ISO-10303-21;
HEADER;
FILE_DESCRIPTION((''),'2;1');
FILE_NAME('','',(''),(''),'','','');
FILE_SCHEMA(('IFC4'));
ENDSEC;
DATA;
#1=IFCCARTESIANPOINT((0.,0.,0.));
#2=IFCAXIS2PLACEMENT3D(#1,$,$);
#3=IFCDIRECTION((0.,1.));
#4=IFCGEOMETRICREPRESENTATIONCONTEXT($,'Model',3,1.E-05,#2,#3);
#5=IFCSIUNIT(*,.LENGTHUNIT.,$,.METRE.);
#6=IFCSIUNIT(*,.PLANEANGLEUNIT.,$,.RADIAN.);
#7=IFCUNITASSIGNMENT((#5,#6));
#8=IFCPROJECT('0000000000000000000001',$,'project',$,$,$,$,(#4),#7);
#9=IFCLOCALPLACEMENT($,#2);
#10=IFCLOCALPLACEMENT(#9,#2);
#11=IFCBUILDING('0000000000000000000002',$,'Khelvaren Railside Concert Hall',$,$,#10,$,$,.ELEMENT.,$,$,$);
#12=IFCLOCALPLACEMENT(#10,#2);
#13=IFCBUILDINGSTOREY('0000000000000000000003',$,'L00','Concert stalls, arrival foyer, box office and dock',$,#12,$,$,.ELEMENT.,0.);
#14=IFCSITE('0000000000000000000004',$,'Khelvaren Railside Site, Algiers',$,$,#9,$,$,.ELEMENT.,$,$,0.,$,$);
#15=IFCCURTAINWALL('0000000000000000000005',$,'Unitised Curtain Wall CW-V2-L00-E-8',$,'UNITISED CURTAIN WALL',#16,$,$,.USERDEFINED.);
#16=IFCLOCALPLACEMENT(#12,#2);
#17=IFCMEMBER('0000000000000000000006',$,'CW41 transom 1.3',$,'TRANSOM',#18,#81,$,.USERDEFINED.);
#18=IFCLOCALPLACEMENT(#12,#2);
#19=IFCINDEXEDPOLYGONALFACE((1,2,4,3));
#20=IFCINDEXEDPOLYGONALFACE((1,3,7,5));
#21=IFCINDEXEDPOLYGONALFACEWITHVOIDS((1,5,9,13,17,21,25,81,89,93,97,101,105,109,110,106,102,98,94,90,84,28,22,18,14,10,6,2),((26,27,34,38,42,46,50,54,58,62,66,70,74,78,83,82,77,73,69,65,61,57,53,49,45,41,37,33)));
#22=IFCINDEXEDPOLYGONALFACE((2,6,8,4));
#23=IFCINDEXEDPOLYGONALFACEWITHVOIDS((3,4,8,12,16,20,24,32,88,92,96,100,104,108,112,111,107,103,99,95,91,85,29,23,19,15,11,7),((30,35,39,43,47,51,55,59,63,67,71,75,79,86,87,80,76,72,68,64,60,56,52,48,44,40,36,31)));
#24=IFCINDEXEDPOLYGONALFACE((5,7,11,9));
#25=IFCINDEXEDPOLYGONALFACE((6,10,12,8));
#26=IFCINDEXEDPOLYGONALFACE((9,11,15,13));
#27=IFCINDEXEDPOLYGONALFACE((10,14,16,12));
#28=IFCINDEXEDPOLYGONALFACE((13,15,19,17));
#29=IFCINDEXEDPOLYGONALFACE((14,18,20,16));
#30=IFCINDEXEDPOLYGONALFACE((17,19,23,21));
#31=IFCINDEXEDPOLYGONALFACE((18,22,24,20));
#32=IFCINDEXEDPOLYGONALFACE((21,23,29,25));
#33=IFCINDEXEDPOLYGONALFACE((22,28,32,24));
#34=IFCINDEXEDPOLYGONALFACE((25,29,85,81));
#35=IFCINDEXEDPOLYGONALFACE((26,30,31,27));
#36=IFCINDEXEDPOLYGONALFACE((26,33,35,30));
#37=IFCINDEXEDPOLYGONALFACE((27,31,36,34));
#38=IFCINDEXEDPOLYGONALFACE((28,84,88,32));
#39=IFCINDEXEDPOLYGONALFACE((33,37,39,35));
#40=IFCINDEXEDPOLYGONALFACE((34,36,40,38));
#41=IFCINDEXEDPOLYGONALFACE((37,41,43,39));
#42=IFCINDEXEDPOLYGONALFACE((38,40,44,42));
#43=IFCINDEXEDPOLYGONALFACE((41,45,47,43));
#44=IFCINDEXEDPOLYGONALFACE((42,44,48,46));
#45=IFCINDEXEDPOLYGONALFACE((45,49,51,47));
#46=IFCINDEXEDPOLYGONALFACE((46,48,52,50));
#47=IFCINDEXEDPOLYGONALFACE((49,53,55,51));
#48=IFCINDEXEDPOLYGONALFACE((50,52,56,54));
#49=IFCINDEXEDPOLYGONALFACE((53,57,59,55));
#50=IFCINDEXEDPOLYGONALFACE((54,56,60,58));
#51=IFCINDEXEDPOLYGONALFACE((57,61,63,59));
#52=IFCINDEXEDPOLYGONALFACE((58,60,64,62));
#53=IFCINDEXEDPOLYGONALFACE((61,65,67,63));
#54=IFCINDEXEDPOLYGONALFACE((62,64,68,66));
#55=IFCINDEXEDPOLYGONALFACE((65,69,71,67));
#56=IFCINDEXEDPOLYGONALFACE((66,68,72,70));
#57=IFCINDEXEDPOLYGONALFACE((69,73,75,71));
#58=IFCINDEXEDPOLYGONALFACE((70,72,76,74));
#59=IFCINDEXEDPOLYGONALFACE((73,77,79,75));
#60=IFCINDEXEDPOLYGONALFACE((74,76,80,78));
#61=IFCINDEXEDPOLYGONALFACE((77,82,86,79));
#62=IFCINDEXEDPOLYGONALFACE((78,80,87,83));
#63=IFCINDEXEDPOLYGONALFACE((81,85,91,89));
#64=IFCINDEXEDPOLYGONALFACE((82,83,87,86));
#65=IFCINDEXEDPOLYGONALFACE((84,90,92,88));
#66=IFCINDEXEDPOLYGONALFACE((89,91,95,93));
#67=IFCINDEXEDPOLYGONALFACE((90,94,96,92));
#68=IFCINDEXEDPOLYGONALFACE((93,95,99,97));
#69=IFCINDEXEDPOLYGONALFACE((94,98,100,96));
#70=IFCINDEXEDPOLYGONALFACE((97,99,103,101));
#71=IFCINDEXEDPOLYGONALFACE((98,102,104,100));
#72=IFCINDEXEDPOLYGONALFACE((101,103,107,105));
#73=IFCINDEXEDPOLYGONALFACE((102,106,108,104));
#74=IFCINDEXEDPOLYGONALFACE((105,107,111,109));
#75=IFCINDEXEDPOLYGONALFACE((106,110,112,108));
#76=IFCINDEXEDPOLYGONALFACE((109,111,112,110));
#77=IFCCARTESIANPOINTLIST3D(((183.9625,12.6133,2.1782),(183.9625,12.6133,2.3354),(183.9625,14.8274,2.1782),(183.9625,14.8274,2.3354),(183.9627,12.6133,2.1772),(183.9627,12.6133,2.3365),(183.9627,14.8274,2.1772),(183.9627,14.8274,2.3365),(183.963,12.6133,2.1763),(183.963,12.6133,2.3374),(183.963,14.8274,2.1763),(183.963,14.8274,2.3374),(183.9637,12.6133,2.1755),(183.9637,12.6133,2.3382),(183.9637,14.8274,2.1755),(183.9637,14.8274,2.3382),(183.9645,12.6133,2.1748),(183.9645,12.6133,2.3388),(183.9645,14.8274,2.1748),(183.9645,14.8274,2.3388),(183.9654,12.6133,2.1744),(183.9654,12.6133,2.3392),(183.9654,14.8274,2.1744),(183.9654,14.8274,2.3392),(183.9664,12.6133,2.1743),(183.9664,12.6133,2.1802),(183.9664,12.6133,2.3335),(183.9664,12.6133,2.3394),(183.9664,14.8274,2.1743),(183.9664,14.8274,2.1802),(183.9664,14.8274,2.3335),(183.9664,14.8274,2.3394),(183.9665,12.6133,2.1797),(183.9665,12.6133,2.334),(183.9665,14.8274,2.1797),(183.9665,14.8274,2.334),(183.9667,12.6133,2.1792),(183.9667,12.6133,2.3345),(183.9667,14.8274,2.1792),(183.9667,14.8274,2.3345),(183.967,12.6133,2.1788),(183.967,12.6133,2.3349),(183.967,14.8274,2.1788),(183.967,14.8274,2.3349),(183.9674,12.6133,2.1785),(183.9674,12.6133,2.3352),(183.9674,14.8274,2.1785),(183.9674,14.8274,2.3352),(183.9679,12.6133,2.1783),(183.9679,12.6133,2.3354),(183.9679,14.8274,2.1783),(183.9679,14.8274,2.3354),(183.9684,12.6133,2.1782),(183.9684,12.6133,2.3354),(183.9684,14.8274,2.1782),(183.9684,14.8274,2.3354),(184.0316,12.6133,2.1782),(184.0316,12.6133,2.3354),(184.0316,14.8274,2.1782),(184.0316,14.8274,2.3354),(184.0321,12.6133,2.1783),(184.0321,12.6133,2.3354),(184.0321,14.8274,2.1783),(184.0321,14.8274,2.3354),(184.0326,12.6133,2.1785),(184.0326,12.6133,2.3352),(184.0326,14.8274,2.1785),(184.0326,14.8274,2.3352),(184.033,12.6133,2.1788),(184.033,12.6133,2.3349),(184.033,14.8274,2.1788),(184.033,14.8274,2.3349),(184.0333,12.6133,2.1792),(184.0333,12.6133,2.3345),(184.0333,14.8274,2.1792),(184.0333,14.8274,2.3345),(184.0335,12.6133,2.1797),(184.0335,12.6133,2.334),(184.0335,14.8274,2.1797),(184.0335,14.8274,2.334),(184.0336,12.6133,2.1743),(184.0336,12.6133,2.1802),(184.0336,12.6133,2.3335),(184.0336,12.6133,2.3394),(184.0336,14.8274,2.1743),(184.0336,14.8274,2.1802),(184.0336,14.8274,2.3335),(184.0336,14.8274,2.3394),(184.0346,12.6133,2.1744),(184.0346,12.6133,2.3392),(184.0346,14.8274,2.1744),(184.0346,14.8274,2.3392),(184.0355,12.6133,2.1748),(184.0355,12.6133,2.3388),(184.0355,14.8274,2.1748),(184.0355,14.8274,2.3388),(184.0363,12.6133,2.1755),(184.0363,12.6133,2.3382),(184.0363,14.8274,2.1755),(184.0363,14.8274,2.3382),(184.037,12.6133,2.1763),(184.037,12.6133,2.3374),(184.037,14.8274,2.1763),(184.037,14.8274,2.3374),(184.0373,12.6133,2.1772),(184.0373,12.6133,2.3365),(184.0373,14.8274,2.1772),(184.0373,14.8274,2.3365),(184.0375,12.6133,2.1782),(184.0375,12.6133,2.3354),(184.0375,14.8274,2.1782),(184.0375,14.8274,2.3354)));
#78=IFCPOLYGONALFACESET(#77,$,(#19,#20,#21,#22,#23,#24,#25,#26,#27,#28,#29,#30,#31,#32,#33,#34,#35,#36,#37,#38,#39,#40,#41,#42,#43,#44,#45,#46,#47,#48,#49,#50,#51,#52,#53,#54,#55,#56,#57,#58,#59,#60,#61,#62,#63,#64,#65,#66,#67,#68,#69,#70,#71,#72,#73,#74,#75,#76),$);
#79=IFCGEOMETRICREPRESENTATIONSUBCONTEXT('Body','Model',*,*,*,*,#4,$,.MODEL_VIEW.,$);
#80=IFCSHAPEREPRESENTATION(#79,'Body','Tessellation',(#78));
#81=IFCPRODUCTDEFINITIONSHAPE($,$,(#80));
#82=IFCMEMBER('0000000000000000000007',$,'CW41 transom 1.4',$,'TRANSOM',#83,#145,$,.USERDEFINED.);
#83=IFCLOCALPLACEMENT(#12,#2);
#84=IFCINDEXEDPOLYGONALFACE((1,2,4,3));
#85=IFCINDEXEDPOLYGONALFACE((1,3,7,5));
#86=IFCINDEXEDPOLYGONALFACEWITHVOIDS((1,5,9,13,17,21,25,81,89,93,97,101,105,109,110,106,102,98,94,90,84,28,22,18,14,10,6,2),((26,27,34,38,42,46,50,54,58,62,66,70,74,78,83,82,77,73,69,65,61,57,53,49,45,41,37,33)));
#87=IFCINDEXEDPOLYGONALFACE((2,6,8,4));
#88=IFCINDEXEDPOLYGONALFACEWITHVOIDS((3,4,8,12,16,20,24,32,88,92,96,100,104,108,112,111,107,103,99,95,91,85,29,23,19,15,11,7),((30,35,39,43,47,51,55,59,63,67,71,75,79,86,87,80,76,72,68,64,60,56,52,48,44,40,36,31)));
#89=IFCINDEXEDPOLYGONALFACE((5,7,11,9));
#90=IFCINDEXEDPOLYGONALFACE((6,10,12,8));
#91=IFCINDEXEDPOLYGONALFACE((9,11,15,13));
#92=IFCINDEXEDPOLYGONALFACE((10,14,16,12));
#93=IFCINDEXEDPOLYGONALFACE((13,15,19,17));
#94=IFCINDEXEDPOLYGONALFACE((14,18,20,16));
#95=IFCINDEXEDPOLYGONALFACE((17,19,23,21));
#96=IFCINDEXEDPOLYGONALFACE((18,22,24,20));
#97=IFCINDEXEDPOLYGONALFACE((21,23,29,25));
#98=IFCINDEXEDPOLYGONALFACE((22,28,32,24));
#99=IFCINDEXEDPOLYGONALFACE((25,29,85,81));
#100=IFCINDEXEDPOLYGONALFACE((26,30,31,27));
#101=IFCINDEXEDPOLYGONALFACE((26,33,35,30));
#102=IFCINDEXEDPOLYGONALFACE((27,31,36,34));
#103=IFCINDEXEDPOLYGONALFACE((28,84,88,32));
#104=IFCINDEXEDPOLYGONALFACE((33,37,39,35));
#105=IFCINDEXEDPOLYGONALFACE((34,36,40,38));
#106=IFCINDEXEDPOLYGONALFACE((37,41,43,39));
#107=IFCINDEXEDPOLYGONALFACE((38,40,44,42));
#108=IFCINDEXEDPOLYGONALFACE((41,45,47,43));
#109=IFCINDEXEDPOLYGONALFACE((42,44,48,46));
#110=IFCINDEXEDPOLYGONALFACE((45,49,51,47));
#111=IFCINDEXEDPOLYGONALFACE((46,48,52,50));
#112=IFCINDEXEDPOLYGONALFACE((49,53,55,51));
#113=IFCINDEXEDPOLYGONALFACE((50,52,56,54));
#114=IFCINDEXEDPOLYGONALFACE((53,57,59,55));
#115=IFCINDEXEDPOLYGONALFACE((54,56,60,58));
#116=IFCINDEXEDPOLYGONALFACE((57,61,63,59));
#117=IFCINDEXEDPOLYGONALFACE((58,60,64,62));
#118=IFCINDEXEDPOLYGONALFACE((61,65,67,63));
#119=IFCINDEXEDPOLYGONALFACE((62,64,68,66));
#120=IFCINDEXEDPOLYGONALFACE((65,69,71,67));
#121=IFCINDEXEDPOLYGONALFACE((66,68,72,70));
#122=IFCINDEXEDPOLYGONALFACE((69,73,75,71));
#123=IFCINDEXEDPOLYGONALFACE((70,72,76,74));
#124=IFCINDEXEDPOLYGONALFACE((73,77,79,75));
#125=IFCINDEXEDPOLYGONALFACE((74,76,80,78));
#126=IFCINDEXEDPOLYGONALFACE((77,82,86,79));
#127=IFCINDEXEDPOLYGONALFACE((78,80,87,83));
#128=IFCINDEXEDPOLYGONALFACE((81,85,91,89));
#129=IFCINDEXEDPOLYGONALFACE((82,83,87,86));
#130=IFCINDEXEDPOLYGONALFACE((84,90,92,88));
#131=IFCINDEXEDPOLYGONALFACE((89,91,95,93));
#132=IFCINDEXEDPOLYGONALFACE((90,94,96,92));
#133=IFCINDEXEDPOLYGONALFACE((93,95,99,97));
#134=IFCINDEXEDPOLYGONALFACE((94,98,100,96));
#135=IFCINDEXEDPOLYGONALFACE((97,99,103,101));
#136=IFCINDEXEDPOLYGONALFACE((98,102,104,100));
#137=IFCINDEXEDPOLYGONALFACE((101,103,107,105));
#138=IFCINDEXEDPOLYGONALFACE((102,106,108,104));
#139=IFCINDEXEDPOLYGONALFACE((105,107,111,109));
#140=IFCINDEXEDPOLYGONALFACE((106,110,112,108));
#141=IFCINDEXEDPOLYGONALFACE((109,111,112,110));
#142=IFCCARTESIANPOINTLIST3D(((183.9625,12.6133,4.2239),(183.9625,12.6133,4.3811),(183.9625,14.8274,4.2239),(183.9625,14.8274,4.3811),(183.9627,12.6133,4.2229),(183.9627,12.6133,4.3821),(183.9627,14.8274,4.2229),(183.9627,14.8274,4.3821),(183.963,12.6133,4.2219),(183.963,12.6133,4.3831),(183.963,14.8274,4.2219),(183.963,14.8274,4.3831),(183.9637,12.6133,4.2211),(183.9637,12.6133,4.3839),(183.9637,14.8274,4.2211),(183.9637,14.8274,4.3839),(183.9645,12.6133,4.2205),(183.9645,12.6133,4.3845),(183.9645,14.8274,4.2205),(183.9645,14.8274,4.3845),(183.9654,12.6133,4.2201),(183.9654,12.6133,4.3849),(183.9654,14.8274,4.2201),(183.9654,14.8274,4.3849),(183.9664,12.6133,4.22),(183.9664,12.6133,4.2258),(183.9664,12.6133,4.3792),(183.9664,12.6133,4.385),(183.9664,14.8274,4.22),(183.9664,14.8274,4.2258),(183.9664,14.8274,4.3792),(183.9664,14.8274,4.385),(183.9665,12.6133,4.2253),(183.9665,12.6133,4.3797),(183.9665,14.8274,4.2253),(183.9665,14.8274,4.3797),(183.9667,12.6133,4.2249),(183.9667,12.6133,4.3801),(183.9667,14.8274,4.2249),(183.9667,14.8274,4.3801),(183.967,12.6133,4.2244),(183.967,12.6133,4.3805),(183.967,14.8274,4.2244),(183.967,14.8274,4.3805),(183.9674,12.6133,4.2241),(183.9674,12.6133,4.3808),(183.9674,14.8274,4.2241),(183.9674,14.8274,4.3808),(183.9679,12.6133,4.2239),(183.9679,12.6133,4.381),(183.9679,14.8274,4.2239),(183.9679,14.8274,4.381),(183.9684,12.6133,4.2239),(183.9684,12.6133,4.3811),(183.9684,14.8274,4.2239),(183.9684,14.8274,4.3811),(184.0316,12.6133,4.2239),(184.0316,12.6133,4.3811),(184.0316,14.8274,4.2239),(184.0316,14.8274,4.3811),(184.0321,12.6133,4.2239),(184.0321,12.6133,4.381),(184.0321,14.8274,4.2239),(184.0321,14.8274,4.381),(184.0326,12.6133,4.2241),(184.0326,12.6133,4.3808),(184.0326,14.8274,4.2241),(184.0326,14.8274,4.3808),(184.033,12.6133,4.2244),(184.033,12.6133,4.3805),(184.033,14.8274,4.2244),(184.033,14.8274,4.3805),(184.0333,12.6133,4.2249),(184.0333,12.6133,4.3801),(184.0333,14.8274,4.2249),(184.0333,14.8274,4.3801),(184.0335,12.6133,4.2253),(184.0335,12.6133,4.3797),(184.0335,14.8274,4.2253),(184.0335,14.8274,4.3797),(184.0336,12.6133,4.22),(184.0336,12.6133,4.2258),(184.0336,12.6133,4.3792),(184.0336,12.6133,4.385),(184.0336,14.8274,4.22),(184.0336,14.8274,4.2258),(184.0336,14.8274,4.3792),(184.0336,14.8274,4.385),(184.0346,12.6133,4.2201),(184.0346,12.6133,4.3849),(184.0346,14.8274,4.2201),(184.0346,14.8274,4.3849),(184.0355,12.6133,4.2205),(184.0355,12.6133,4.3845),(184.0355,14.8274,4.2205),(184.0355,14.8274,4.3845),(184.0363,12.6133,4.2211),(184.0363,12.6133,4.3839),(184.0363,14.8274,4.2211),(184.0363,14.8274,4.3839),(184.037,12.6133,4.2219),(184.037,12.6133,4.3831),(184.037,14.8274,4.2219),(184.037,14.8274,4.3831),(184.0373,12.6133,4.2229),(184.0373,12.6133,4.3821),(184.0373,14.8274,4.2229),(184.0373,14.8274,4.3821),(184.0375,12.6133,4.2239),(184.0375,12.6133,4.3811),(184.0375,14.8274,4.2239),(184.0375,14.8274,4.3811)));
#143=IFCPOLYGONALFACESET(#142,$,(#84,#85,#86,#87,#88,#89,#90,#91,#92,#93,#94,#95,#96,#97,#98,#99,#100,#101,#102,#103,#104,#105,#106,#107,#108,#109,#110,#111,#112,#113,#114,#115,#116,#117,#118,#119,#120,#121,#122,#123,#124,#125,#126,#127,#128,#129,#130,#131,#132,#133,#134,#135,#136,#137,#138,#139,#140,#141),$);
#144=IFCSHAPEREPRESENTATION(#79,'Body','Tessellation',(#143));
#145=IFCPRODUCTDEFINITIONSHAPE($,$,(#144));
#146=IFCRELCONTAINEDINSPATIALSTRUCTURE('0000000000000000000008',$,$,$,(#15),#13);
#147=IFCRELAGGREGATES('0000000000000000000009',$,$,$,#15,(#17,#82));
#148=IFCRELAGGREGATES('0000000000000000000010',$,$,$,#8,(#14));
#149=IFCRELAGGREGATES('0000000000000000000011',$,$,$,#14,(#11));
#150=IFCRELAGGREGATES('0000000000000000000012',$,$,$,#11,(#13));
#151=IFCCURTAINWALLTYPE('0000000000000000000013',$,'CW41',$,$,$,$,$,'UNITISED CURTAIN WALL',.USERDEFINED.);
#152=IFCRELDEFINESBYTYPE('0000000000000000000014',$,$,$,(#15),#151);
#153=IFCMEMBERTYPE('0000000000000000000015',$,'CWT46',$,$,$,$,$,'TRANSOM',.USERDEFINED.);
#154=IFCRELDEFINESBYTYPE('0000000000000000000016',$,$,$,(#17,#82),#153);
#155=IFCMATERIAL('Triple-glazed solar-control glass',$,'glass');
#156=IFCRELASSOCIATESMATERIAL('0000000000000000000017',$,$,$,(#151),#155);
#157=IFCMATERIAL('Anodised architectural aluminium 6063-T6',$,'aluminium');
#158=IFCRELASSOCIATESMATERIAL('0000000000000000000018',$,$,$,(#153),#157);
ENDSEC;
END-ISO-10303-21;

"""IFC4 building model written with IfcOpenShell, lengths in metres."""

from ifc_helpers import new_model, si_unit, direction, frame, origin, origin_2d, place, context, subcontext, project, spatial, hollow_rectangle, extrude, material, material_profile, profile_set, type_object, element, aggregate, save


model = new_model("IFC4")

# Units and contexts
model_context = context("Model", 3, precision=1e-05, world=origin(), true_north=direction((0.0, 1.0)))
body_context = subcontext(model_context, "Body", "Model", "MODEL_VIEW")
ifc_project = project(units=[si_unit("LENGTHUNIT", "METRE"), si_unit("PLANEANGLEUNIT", "RADIAN")], contexts=[model_context])

# Site, building, storey
site_placement = place(None, origin())
site = spatial("IfcSite", under=ifc_project, at=site_placement, Name="Khelvaren Railside Site, Algiers", CompositionType="ELEMENT", RefElevation=0.0)
building_placement = place(site_placement, origin())
building = spatial("IfcBuilding", under=site, at=building_placement, Name="Khelvaren Railside Concert Hall", CompositionType="ELEMENT")
storey_placement = place(building_placement, origin())
storey = spatial("IfcBuildingStorey", under=building, at=storey_placement, Name="L00", Description="Concert stalls, arrival foyer, box office and dock", CompositionType="ELEMENT", Elevation=0.0)

# Curtain wall
ifc_material_1 = material(Name="Triple-glazed solar-control glass", Category="glass")
curtain_wall_type_1 = type_object("IfcCurtainWallType", Name="CW41", ElementType="UNITISED CURTAIN WALL", PredefinedType="USERDEFINED", material=ifc_material_1)
curtain_wall_1_placement = place(storey_placement, origin())
curtain_wall_1 = element("IfcCurtainWall", 1, at=curtain_wall_1_placement, inside=storey, type_object=curtain_wall_type_1, Name="Unitised Curtain Wall CW-V2-L00-E-8", ObjectType="UNITISED CURTAIN WALL", PredefinedType="USERDEFINED")
ifc_material_2 = material(Name="Anodised architectural aluminium 6063-T6", Category="aluminium")

# Members
ifc_material_profile_1 = material_profile(ifc_material_2, hollow_rectangle(XDim=0.075, YDim=0.165, WallThickness=0.0039, InnerFilletRadius=0.002, OuterFilletRadius=0.0039, at=origin_2d()), Name="CWT 75x165x4")
ifc_profile_set_1 = profile_set([ifc_material_profile_1], Name="Anodised architectural aluminium 6063-T6")
member_type_1 = type_object("IfcMemberType", Name="CWT46", ElementType="TRANSOM", PredefinedType="USERDEFINED", material=ifc_profile_set_1)
member_1_placement = place(storey_placement, frame((184.0, 14.8274, 2.2568), z_axis=(0.0, -1.0, 0.0), x_axis=(1.0, 0.0, 0.0)))
member_1 = element("IfcMember", 2, at=member_1_placement, type_object=member_type_1, Name="CW41 transom 1.3", ObjectType="TRANSOM", PredefinedType="USERDEFINED", context=body_context, shape_type="SweptSolid", body=[
    extrude(hollow_rectangle(XDim=0.075, YDim=0.165, WallThickness=0.0039, InnerFilletRadius=0.002, OuterFilletRadius=0.0039, at=origin_2d()), origin(), (0.0, 0.0, 1.0), 2.2141),
])
member_2_placement = place(storey_placement, frame((184.0, 14.8274, 4.3025), z_axis=(0.0, -1.0, 0.0), x_axis=(1.0, 0.0, 0.0)))
member_2 = element("IfcMember", 3, at=member_2_placement, type_object=member_type_1, Name="CW41 transom 1.4", ObjectType="TRANSOM", PredefinedType="USERDEFINED", context=body_context, shape_type="SweptSolid", body=[
    extrude(hollow_rectangle(XDim=0.075, YDim=0.165, WallThickness=0.0039, InnerFilletRadius=0.002, OuterFilletRadius=0.0039, at=origin_2d()), origin(), (0.0, 0.0, 1.0), 2.2141),
])

aggregate(curtain_wall_1, [member_1, member_2])

save(model, "model.ifc")
